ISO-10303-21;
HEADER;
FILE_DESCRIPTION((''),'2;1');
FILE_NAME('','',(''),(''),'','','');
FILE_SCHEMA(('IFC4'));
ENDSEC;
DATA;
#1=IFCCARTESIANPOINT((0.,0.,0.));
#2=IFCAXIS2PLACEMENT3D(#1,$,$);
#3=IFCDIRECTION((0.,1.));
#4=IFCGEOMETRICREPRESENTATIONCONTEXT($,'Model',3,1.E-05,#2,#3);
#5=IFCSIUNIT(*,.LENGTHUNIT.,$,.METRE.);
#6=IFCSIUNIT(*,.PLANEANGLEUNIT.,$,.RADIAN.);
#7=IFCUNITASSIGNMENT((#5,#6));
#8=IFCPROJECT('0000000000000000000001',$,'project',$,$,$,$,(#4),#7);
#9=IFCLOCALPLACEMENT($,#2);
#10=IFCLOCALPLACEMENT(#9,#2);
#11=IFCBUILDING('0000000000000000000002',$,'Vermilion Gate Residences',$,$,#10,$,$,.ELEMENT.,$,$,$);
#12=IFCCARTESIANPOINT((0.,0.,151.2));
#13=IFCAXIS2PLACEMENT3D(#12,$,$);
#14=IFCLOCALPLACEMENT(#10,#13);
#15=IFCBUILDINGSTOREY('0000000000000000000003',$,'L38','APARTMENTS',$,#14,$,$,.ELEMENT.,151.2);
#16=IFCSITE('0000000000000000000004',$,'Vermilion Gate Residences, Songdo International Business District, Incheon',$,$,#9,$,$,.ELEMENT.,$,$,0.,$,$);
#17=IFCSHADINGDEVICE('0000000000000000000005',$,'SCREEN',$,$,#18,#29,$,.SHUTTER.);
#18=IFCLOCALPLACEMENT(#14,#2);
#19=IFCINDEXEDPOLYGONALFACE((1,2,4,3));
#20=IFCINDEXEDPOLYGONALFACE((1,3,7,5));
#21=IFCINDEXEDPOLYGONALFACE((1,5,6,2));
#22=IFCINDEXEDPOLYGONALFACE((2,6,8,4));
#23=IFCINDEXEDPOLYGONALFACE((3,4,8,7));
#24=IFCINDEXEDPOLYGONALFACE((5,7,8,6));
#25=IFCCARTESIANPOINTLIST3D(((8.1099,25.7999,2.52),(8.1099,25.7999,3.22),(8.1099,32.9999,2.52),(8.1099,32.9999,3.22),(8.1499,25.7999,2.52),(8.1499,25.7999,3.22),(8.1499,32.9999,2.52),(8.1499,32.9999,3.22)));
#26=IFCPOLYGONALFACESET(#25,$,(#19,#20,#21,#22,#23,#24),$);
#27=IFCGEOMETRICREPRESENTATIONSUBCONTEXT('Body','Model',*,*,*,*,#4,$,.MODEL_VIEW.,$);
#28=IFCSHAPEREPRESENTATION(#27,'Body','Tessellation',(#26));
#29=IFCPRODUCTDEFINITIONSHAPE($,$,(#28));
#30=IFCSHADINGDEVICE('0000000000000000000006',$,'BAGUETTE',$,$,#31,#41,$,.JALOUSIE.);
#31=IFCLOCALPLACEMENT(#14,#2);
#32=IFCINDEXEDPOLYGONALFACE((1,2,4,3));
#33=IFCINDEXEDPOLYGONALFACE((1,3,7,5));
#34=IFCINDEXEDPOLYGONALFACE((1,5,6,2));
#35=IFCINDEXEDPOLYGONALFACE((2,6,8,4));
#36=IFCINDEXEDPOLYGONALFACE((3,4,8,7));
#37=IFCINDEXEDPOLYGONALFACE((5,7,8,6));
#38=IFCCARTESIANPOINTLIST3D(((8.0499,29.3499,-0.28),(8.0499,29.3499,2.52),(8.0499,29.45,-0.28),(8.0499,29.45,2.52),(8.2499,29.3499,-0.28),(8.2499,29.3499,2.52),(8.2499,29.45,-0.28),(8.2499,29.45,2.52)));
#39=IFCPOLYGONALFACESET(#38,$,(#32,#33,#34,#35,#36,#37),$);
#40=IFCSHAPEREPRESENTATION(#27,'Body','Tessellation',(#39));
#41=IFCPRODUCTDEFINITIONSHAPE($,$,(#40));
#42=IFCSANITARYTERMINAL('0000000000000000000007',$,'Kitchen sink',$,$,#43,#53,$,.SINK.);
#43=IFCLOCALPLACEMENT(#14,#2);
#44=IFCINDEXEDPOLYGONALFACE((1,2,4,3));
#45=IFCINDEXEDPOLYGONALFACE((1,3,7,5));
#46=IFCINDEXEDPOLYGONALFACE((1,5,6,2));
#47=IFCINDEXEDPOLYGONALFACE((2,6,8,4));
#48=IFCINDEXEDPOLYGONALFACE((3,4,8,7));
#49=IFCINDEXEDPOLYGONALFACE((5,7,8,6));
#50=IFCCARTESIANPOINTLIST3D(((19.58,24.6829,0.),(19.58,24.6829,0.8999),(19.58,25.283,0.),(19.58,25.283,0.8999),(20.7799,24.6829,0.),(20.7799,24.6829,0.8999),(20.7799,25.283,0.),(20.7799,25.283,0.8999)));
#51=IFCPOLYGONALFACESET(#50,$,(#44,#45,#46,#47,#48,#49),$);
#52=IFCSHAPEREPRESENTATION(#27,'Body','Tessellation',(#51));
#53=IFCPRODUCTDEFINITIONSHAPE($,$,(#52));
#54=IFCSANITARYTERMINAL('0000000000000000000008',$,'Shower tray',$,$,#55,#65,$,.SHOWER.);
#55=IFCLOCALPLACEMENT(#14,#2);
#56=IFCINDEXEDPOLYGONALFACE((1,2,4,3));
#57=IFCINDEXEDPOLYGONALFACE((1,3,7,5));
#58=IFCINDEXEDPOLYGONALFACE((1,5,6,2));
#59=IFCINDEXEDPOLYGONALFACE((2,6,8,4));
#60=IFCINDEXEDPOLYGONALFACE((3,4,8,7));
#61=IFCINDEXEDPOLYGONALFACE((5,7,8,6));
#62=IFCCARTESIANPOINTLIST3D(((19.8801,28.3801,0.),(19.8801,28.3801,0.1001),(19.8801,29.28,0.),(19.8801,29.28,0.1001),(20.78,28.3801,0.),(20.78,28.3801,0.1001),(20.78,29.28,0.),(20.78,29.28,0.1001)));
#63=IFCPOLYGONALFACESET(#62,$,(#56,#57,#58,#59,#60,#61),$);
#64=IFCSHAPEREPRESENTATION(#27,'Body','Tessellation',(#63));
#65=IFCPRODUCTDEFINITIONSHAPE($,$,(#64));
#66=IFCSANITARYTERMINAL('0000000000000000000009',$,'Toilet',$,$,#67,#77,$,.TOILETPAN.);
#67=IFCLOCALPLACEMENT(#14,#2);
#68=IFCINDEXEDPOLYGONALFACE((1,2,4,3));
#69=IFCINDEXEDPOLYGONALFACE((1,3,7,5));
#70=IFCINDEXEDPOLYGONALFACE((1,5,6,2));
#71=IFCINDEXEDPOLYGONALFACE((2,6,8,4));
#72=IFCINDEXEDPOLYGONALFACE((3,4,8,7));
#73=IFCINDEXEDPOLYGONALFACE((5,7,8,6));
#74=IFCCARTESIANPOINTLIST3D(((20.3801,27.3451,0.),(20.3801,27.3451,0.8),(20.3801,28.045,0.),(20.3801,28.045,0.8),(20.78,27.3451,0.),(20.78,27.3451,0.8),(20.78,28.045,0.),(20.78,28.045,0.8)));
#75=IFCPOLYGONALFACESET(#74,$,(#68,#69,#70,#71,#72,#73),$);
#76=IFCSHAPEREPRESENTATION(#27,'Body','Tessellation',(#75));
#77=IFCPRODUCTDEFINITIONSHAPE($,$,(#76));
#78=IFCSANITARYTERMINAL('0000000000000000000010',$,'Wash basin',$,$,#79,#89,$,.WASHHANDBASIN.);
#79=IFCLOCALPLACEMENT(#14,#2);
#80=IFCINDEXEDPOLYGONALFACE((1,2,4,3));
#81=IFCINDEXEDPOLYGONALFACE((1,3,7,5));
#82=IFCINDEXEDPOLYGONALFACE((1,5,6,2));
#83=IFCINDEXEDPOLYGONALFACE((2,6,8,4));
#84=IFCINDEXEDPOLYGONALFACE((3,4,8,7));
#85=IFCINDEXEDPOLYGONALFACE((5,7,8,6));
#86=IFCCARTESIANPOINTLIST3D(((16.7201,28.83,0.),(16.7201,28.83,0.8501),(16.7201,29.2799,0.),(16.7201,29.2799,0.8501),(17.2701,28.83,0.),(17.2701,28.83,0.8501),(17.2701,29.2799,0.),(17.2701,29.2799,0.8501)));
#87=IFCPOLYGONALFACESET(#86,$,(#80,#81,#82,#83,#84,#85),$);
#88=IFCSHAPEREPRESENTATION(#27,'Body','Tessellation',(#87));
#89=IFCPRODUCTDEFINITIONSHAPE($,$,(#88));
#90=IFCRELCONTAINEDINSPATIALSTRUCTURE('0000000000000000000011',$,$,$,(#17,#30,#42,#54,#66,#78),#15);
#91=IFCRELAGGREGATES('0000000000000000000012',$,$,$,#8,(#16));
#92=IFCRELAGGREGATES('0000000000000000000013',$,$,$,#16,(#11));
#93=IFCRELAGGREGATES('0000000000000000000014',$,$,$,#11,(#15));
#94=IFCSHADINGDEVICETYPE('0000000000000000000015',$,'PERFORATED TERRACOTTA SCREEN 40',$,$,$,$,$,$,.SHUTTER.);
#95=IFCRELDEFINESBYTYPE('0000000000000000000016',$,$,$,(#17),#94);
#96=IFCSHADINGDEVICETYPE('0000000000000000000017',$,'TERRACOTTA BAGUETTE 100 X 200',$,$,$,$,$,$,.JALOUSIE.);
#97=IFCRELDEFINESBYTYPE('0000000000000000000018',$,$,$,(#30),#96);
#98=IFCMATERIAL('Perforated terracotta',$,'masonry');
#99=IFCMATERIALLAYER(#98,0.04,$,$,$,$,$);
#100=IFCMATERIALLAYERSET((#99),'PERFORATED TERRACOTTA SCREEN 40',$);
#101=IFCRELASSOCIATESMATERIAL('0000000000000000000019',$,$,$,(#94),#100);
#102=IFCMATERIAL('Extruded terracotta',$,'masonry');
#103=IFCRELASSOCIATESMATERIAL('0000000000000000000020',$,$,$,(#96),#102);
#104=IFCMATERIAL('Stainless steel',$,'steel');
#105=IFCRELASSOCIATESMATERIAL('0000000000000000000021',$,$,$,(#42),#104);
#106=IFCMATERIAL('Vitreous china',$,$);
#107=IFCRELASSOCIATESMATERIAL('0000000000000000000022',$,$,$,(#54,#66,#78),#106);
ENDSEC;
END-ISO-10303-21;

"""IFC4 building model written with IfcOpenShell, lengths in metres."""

from ifc_helpers import new_model, si_unit, direction, frame, origin, origin_2d, place, context, subcontext, project, spatial, rectangle, extrude, material, layer, layer_set, material_profile, profile_set, type_object, element, save


model = new_model("IFC4")

# Units and contexts
model_context = context("Model", 3, precision=1e-05, world=origin(), true_north=direction((0.0, 1.0)))
body_context = subcontext(model_context, "Body", "Model", "MODEL_VIEW")
ifc_project = project(units=[si_unit("LENGTHUNIT", "METRE"), si_unit("PLANEANGLEUNIT", "RADIAN")], contexts=[model_context])

# Site, building, storey
site_placement = place(None, origin())
site = spatial("IfcSite", under=ifc_project, at=site_placement, Name="Vermilion Gate Residences, Songdo International Business District, Incheon", CompositionType="ELEMENT", RefElevation=0.0)
building_placement = place(site_placement, origin())
building = spatial("IfcBuilding", under=site, at=building_placement, Name="Vermilion Gate Residences", CompositionType="ELEMENT")
storey_placement = place(building_placement, frame((0.0, 0.0, 151.2)))
storey = spatial("IfcBuildingStorey", under=building, at=storey_placement, Name="L38", Description="APARTMENTS", CompositionType="ELEMENT", Elevation=151.2)

# Shading devices
ifc_material_1 = material(Name="Perforated terracotta", Category="masonry")
ifc_layer_1 = layer(ifc_material_1, 0.04)
ifc_layer_set_1 = layer_set([ifc_layer_1], Name="PERFORATED TERRACOTTA SCREEN 40")
shading_device_type_1 = type_object("IfcShadingDeviceType", Name="PERFORATED TERRACOTTA SCREEN 40", PredefinedType="SHUTTER", material=ifc_layer_set_1)
shading_device_1_placement = place(storey_placement, frame((8.1299, 29.3999, 2.52), z_axis=(0.0, 0.0, 1.0), x_axis=(0.0, -1.0, 0.0)))
element("IfcShadingDevice", 1, at=shading_device_1_placement, inside=storey, type_object=shading_device_type_1, Name="SCREEN", PredefinedType="SHUTTER", context=body_context, shape_type="SweptSolid", body=[
    extrude(rectangle(XDim=7.2, YDim=0.04, at=origin_2d()), origin(), (0.0, 0.0, 1.0), 0.7),
])
ifc_material_2 = material(Name="Extruded terracotta", Category="masonry")
ifc_material_profile_1 = material_profile(ifc_material_2, rectangle(XDim=0.2, YDim=0.1001, at=origin_2d()), Name="BAGUETTE 100 X 200")
ifc_profile_set_1 = profile_set([ifc_material_profile_1], Name="Extruded terracotta")
shading_device_type_2 = type_object("IfcShadingDeviceType", Name="TERRACOTTA BAGUETTE 100 X 200", PredefinedType="JALOUSIE", material=ifc_profile_set_1)
shading_device_2_placement = place(storey_placement, frame((8.1499, 29.3999, -0.28), z_axis=(0.0, 0.0, 1.0), x_axis=(1.0, 0.0, 0.0)))
element("IfcShadingDevice", 2, at=shading_device_2_placement, inside=storey, type_object=shading_device_type_2, Name="BAGUETTE", PredefinedType="JALOUSIE", context=body_context, shape_type="SweptSolid", body=[
    extrude(rectangle(XDim=0.2, YDim=0.1001, at=origin_2d()), origin(), (0.0, 0.0, 1.0), 2.8),
])

# Sanitary terminals
ifc_material_3 = material(Name="Stainless steel", Category="steel")
sanitary_terminal_1_placement = place(storey_placement, frame((20.1799, 24.9829, 0.0), z_axis=(0.0, 0.0, 1.0), x_axis=(1.0, 0.0, 0.0)))
element("IfcSanitaryTerminal", 3, at=sanitary_terminal_1_placement, inside=storey, material=ifc_material_3, Name="Kitchen sink", PredefinedType="SINK", context=body_context, shape_type="SweptSolid", body=[
    extrude(rectangle(XDim=1.2, YDim=0.6001, at=origin_2d()), origin(), (0.0, 0.0, 1.0), 0.8999),
])
ifc_material_4 = material(Name="Vitreous china")
sanitary_terminal_2_placement = place(storey_placement, frame((20.3301, 28.8301, 0.0), z_axis=(0.0, 0.0, 1.0), x_axis=(1.0, 0.0, 0.0)))
element("IfcSanitaryTerminal", 4, at=sanitary_terminal_2_placement, inside=storey, material=ifc_material_4, Name="Shower tray", PredefinedType="SHOWER", context=body_context, shape_type="SweptSolid", body=[
    extrude(rectangle(XDim=0.8999, YDim=0.8999, at=origin_2d()), origin(), (0.0, 0.0, 1.0), 0.1001),
])
sanitary_terminal_3_placement = place(storey_placement, frame((20.5801, 27.6951, 0.0), z_axis=(0.0, 0.0, 1.0), x_axis=(1.0, 0.0, 0.0)))
element("IfcSanitaryTerminal", 5, at=sanitary_terminal_3_placement, inside=storey, material=ifc_material_4, Name="Toilet", PredefinedType="TOILETPAN", context=body_context, shape_type="SweptSolid", body=[
    extrude(rectangle(XDim=0.3999, YDim=0.7, at=origin_2d()), origin(), (0.0, 0.0, 1.0), 0.8),
])
sanitary_terminal_4_placement = place(storey_placement, frame((16.9951, 29.0549, 0.0), z_axis=(0.0, 0.0, 1.0), x_axis=(1.0, 0.0, 0.0)))
element("IfcSanitaryTerminal", 6, at=sanitary_terminal_4_placement, inside=storey, material=ifc_material_4, Name="Wash basin", PredefinedType="WASHHANDBASIN", context=body_context, shape_type="SweptSolid", body=[
    extrude(rectangle(XDim=0.55, YDim=0.45, at=origin_2d()), origin(), (0.0, 0.0, 1.0), 0.8501),
])

save(model, "model.ifc")
